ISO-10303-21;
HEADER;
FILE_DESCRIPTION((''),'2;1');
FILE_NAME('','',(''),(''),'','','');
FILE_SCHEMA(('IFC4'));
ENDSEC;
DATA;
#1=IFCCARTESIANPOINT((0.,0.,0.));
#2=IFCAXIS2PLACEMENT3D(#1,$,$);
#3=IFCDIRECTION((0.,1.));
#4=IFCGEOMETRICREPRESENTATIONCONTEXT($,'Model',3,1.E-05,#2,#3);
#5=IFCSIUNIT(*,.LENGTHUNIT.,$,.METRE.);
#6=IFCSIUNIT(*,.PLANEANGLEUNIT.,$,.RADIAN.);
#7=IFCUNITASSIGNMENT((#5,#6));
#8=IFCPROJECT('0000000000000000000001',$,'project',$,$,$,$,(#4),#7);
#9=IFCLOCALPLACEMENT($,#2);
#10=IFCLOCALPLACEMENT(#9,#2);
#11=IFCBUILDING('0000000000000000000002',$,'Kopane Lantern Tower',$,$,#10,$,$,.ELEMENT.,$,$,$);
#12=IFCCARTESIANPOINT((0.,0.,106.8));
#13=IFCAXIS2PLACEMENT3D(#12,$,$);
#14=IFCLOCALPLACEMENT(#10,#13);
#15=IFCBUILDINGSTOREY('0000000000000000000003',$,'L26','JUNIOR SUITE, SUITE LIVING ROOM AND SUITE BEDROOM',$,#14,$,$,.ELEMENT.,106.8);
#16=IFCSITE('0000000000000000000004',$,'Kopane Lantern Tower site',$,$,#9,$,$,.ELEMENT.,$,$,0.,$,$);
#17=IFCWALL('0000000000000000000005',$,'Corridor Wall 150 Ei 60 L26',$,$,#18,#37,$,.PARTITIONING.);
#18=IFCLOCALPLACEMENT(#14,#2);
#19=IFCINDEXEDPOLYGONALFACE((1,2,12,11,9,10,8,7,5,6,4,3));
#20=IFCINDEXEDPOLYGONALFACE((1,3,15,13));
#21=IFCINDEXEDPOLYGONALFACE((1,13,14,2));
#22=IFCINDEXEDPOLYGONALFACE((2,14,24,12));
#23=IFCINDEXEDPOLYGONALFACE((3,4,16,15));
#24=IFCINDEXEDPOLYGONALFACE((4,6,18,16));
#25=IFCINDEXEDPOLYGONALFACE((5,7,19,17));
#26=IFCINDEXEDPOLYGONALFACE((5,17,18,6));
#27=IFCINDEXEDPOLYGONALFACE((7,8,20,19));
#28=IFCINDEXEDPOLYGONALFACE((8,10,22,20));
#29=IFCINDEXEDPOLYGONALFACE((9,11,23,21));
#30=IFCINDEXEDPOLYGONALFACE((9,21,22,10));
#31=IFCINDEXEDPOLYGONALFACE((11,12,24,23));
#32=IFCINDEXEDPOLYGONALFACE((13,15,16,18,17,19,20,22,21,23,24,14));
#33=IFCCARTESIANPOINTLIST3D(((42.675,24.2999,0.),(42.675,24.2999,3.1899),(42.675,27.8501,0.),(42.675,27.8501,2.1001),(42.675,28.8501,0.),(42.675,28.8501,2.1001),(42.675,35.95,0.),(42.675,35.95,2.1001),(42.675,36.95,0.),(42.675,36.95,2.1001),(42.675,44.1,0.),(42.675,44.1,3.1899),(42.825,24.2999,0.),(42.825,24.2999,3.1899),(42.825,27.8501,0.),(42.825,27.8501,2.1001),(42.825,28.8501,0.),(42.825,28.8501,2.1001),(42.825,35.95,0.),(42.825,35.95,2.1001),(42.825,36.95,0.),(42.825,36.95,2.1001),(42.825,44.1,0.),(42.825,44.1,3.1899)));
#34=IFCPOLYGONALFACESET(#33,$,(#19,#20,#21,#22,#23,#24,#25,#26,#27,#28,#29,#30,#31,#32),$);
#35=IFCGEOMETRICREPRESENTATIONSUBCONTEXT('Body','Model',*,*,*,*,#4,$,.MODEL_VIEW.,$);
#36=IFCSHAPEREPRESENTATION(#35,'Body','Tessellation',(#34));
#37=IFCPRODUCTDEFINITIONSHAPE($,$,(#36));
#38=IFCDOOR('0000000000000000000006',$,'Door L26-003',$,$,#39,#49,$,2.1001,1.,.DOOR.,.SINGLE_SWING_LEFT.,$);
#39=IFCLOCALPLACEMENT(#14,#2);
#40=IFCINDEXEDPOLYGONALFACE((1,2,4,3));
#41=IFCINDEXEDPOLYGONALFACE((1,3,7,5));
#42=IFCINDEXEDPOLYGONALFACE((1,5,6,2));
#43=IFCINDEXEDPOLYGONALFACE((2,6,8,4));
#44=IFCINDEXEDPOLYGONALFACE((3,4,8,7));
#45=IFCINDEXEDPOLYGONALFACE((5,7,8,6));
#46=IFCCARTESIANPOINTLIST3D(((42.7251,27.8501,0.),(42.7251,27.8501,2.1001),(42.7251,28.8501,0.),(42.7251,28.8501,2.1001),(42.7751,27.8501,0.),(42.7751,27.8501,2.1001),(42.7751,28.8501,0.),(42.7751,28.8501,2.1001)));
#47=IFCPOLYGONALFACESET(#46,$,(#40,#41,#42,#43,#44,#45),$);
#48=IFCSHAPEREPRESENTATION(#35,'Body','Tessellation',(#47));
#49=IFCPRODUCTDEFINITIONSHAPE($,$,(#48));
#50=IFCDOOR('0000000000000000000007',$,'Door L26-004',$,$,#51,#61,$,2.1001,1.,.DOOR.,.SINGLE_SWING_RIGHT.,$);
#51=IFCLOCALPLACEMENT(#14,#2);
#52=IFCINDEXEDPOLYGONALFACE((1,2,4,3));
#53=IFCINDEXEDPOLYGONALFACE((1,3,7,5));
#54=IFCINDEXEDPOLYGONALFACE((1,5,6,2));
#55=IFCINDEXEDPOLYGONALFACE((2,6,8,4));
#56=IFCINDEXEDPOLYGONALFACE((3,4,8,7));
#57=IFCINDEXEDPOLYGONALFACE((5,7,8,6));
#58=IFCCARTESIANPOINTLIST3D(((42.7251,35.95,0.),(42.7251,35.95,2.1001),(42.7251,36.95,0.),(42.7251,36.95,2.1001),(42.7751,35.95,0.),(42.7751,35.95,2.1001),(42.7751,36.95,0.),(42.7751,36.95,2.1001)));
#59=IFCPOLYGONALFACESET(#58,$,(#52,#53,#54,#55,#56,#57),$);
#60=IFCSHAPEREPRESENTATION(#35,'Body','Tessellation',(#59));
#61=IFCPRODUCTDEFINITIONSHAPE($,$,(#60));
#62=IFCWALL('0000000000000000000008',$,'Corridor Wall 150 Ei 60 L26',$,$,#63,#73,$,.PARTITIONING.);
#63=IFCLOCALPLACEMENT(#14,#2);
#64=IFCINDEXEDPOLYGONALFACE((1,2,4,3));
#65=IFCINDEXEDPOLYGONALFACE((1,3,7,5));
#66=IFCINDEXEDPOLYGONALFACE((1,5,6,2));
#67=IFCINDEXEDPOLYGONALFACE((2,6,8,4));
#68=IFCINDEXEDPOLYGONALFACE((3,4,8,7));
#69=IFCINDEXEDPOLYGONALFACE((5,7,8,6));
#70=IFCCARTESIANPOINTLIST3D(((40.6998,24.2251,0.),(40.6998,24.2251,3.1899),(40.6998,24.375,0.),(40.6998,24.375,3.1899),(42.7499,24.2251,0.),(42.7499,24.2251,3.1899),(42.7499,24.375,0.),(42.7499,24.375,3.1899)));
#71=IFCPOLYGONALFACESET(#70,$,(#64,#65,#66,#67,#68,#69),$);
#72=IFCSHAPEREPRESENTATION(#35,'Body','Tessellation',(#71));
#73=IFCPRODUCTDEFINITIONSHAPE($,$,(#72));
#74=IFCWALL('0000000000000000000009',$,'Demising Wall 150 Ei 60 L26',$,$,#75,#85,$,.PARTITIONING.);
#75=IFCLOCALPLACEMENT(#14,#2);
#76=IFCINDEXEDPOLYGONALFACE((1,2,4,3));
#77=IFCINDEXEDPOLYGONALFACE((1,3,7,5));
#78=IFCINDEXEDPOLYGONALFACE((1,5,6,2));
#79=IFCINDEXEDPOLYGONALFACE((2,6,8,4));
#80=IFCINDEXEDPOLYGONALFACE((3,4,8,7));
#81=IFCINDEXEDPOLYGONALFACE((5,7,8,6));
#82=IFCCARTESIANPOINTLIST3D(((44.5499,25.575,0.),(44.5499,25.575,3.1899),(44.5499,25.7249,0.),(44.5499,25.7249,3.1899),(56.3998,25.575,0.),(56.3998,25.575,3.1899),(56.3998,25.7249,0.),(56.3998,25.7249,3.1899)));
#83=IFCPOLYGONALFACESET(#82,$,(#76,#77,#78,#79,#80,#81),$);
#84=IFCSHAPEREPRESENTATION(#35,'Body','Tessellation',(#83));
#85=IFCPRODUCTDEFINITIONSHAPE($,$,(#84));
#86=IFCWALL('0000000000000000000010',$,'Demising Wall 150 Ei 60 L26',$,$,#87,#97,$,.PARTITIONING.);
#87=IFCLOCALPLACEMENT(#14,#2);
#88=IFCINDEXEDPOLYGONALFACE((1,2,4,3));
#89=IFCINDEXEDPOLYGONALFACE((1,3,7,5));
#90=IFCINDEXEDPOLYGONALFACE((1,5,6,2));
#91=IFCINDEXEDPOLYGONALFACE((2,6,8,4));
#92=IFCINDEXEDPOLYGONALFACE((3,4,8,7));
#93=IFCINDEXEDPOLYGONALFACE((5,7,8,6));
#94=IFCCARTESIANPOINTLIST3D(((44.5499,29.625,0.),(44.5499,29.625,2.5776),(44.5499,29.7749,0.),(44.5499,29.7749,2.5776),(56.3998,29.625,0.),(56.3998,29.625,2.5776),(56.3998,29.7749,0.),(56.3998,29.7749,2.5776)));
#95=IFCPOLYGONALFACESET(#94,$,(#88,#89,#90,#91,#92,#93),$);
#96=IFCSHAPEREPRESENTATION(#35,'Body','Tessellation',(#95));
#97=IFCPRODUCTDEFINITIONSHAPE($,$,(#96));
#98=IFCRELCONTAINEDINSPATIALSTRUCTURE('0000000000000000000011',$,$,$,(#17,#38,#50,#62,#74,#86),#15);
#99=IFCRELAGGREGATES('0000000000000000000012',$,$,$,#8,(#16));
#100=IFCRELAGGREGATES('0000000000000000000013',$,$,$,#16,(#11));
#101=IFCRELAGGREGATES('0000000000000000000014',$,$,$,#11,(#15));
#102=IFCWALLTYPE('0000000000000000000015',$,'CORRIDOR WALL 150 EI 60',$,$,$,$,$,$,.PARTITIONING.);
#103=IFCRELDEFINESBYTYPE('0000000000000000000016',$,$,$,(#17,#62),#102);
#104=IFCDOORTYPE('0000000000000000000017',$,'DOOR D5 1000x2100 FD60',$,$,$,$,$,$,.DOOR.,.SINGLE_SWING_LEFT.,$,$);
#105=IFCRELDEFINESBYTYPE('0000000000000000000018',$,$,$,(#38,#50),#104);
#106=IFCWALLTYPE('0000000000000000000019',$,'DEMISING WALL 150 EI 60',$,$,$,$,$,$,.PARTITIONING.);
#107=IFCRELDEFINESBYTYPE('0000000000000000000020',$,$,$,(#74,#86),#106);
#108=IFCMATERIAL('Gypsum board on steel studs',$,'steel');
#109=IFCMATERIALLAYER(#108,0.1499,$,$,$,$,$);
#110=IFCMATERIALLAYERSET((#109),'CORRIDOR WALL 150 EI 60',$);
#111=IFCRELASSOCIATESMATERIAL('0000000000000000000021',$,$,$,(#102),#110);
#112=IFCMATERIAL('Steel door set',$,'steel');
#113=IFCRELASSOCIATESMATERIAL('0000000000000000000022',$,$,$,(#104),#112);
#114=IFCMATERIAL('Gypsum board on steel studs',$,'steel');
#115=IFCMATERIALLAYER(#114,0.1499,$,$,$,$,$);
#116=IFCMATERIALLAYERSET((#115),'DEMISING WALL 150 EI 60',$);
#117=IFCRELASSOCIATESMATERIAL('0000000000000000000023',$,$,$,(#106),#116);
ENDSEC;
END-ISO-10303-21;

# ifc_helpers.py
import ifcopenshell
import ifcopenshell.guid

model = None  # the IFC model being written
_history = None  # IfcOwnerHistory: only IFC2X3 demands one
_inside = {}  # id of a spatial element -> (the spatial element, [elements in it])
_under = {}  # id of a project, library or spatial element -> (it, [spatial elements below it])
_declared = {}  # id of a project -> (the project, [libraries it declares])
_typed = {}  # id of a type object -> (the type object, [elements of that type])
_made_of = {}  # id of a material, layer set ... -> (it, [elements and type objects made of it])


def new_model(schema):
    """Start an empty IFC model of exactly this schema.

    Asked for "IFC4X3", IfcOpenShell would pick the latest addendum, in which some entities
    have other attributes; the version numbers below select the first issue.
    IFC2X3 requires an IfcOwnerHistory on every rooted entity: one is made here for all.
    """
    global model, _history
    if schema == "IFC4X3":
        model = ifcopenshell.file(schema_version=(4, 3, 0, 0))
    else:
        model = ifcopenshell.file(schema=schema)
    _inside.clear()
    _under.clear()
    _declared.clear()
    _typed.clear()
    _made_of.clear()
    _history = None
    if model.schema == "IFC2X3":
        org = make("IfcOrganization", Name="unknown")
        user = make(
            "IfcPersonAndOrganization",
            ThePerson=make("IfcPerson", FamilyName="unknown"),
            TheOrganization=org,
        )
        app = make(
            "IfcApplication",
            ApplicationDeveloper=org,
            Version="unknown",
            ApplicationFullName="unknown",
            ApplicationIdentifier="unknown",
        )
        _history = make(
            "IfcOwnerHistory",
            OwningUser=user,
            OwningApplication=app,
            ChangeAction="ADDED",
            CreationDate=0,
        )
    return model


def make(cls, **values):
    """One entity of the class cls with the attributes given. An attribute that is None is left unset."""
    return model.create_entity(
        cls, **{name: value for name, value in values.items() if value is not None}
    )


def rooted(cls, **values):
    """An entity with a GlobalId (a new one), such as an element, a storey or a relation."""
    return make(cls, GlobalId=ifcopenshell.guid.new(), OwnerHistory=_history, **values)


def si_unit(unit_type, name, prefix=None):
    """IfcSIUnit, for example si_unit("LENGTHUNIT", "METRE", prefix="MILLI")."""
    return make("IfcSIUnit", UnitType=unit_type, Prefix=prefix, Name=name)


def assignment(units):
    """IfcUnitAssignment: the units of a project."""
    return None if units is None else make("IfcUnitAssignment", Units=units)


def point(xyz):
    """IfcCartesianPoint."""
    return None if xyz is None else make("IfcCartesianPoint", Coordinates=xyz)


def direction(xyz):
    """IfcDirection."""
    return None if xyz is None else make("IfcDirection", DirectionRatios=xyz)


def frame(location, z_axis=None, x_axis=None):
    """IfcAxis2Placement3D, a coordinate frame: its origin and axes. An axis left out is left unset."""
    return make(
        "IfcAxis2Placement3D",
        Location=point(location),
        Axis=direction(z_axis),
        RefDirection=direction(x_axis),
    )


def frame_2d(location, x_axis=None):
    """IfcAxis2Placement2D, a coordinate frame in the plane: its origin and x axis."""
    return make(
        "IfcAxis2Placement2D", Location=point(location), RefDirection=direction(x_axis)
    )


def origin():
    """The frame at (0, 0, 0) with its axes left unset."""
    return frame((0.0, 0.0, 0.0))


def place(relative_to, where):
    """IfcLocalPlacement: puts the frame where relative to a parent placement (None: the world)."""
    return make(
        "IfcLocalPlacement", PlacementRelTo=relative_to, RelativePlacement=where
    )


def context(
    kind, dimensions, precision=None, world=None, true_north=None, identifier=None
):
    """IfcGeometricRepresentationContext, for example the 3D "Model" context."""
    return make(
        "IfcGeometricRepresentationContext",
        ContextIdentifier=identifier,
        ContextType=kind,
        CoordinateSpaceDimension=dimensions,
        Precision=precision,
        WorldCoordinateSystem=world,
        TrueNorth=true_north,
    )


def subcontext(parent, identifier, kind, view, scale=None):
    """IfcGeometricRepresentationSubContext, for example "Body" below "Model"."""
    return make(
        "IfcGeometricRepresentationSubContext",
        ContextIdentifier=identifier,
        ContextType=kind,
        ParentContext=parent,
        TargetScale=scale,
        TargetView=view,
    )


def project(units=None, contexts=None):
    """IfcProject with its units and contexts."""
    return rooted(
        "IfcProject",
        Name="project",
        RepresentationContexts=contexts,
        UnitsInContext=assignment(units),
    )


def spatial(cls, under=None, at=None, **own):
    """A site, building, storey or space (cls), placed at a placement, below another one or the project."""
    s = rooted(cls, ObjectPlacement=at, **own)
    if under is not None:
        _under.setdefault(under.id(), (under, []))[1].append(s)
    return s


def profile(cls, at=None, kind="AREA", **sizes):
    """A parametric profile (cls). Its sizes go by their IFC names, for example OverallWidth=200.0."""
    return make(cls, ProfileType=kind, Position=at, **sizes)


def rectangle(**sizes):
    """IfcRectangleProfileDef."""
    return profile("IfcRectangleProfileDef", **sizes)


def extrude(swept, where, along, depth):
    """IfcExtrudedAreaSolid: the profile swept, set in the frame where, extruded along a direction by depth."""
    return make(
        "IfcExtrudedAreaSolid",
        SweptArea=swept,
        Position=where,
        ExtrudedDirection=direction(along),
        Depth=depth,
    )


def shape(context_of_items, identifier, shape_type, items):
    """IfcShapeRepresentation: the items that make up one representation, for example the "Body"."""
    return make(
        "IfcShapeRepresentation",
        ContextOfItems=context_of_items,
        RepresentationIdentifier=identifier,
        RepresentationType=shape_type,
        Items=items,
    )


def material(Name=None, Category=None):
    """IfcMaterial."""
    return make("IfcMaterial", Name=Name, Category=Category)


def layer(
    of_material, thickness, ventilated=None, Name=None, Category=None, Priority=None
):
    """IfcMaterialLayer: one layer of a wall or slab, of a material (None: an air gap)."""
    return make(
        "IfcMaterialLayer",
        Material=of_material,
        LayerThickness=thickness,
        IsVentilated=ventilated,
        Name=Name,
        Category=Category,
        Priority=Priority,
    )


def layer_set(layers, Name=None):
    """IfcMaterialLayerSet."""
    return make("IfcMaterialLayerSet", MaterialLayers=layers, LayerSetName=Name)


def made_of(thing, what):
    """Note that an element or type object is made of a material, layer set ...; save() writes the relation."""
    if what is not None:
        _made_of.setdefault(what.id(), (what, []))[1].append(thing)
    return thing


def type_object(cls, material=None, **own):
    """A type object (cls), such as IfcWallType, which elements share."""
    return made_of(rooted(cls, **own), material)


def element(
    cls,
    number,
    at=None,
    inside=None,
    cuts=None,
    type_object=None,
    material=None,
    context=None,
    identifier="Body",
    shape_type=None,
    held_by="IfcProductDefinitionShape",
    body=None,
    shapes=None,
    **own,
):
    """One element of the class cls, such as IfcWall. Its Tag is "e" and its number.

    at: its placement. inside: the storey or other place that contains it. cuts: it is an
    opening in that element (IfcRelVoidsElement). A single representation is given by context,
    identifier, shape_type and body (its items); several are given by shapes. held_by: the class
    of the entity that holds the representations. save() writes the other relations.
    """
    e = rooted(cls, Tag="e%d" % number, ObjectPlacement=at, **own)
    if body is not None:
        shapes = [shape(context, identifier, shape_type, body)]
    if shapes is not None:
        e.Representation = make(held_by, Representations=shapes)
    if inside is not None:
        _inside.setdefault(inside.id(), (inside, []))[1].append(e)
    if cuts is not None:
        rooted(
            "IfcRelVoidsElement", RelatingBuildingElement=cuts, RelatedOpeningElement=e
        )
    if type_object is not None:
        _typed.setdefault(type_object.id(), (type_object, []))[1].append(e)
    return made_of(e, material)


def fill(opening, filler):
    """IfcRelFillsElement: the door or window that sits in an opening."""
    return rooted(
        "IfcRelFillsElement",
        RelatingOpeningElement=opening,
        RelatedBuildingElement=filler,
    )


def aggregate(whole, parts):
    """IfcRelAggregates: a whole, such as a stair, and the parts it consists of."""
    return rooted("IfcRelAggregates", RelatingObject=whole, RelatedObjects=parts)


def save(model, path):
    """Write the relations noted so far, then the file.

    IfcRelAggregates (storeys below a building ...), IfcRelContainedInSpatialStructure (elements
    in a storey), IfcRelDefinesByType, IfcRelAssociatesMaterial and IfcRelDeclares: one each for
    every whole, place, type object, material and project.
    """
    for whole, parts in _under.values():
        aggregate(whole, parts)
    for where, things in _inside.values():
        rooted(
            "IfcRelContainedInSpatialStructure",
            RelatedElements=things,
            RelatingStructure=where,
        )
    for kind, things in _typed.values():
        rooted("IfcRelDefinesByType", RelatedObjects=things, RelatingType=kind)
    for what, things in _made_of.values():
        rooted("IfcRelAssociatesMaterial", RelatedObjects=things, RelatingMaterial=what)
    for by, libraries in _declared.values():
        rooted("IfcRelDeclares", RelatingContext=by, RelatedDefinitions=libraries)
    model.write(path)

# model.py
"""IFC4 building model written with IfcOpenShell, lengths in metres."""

from ifc_helpers import new_model, si_unit, direction, frame, frame_2d, origin, place, context, subcontext, project, spatial, rectangle, extrude, material, layer, layer_set, type_object, element, fill, save


model = new_model("IFC4")

# Units and contexts
model_context = context("Model", 3, precision=1e-05, world=origin(), true_north=direction((0.0, 1.0)))
body_context = subcontext(model_context, "Body", "Model", "MODEL_VIEW")
ifc_project = project(units=[si_unit("LENGTHUNIT", "METRE"), si_unit("PLANEANGLEUNIT", "RADIAN")], contexts=[model_context])

# Site, building, storey
site_placement = place(None, origin())
site = spatial("IfcSite", under=ifc_project, at=site_placement, Name="Kopane Lantern Tower site", CompositionType="ELEMENT", RefElevation=0.0)
building_placement = place(site_placement, origin())
building = spatial("IfcBuilding", under=site, at=building_placement, Name="Kopane Lantern Tower", CompositionType="ELEMENT")
storey_placement = place(building_placement, frame((0.0, 0.0, 106.8)))
storey = spatial("IfcBuildingStorey", under=building, at=storey_placement, Name="L26", Description="JUNIOR SUITE, SUITE LIVING ROOM AND SUITE BEDROOM", CompositionType="ELEMENT", Elevation=106.8)

# Wall, openings, doors
ifc_material_1 = material(Name="Gypsum board on steel studs", Category="steel")
ifc_layer_1 = layer(ifc_material_1, 0.1499)
ifc_layer_set_1 = layer_set([ifc_layer_1], Name="CORRIDOR WALL 150 EI 60")
wall_type_1 = type_object("IfcWallType", Name="CORRIDOR WALL 150 EI 60", PredefinedType="PARTITIONING", material=ifc_layer_set_1)
wall_1_placement = place(storey_placement, frame((42.75, 24.3, 0.0), z_axis=(0.0, 0.0, 1.0), x_axis=(0.0, 1.0, 0.0)))
wall_1 = element("IfcWall", 1, at=wall_1_placement, inside=storey, type_object=wall_type_1, Name="Corridor Wall 150 Ei 60 L26", PredefinedType="PARTITIONING", context=body_context, shape_type="SweptSolid", body=[
    extrude(rectangle(XDim=19.8, YDim=0.1499, at=frame_2d((9.8999, 0.0))), origin(), (0.0, 0.0, 1.0), 3.1899),
])
opening_1_placement = place(wall_1_placement, frame((3.55, 0.0, 0.0)))
opening_1 = element("IfcOpeningElement", 2, at=opening_1_placement, cuts=wall_1, PredefinedType="OPENING", context=body_context, shape_type="SweptSolid", body=[
    extrude(rectangle(XDim=1.0, YDim=2.1001, at=frame_2d((0.5, 1.05))), frame((0.0, 0.085, 0.0), z_axis=(0.0, -1.0, 0.0), x_axis=(1.0, 0.0, 0.0)), (0.0, 0.0, 1.0), 0.1699),
])
opening_2_placement = place(wall_1_placement, frame((11.6499, 0.0, 0.0)))
opening_2 = element("IfcOpeningElement", 3, at=opening_2_placement, cuts=wall_1, PredefinedType="OPENING", context=body_context, shape_type="SweptSolid", body=[
    extrude(rectangle(XDim=1.0, YDim=2.1001, at=frame_2d((0.5, 1.05))), frame((0.0, 0.085, 0.0), z_axis=(0.0, -1.0, 0.0), x_axis=(1.0, 0.0, 0.0)), (0.0, 0.0, 1.0), 0.1699),
])
ifc_material_2 = material(Name="Steel door set", Category="steel")
door_type_1 = type_object("IfcDoorType", Name="DOOR D5 1000x2100 FD60", OperationType="SINGLE_SWING_LEFT", PredefinedType="DOOR", material=ifc_material_2)
door_1_placement = place(opening_1_placement, origin())
door_1 = element("IfcDoor", 4, at=door_1_placement, inside=storey, type_object=door_type_1, Name="Door L26-003", OperationType="SINGLE_SWING_LEFT", OverallHeight=2.1001, OverallWidth=1.0, PredefinedType="DOOR", context=body_context, shape_type="SweptSolid", body=[
    extrude(rectangle(XDim=1.0, YDim=2.1001, at=frame_2d((0.5, 1.05))), frame((0.0, 0.0249, 0.0), z_axis=(0.0, -1.0, 0.0), x_axis=(1.0, 0.0, 0.0)), (0.0, 0.0, 1.0), 0.05),
])
fill(opening_1, door_1)
door_2_placement = place(opening_2_placement, origin())
door_2 = element("IfcDoor", 5, at=door_2_placement, inside=storey, type_object=door_type_1, Name="Door L26-004", OperationType="SINGLE_SWING_RIGHT", OverallHeight=2.1001, OverallWidth=1.0, PredefinedType="DOOR", context=body_context, shape_type="SweptSolid", body=[
    extrude(rectangle(XDim=1.0, YDim=2.1001, at=frame_2d((0.5, 1.05))), frame((0.0, 0.0249, 0.0), z_axis=(0.0, -1.0, 0.0), x_axis=(1.0, 0.0, 0.0)), (0.0, 0.0, 1.0), 0.05),
])
fill(opening_2, door_2)

# Walls
wall_2_placement = place(storey_placement, frame((40.7, 24.3, 0.0), z_axis=(0.0, 0.0, 1.0), x_axis=(1.0, 0.0, 0.0)))
element("IfcWall", 6, at=wall_2_placement, inside=storey, type_object=wall_type_1, Name="Corridor Wall 150 Ei 60 L26", PredefinedType="PARTITIONING", context=body_context, shape_type="SweptSolid", body=[
    extrude(rectangle(XDim=2.05, YDim=0.1499, at=frame_2d((1.0249, 0.0))), origin(), (0.0, 0.0, 1.0), 3.1899),
])
ifc_material_3 = material(Name="Gypsum board on steel studs", Category="steel")
ifc_layer_2 = layer(ifc_material_3, 0.1499)
ifc_layer_set_2 = layer_set([ifc_layer_2], Name="DEMISING WALL 150 EI 60")
wall_type_2 = type_object("IfcWallType", Name="DEMISING WALL 150 EI 60", PredefinedType="PARTITIONING", material=ifc_layer_set_2)
wall_3_placement = place(storey_placement, frame((44.55, 25.6499, 0.0), z_axis=(0.0, 0.0, 1.0), x_axis=(1.0, 0.0, 0.0)))
element("IfcWall", 7, at=wall_3_placement, inside=storey, type_object=wall_type_2, Name="Demising Wall 150 Ei 60 L26", PredefinedType="PARTITIONING", context=body_context, shape_type="SweptSolid", body=[
    extrude(rectangle(XDim=11.8499, YDim=0.1499, at=frame_2d((5.9248, 0.0))), origin(), (0.0, 0.0, 1.0), 3.1899),
])
wall_4_placement = place(storey_placement, frame((44.55, 29.7, 0.0), z_axis=(0.0, 0.0, 1.0), x_axis=(1.0, 0.0, 0.0)))
element("IfcWall", 8, at=wall_4_placement, inside=storey, type_object=wall_type_2, Name="Demising Wall 150 Ei 60 L26", PredefinedType="PARTITIONING", context=body_context, shape_type="SweptSolid", body=[
    extrude(rectangle(XDim=11.8499, YDim=0.1499, at=frame_2d((5.9248, 0.0))), origin(), (0.0, 0.0, 1.0), 2.5776),
])

save(model, "model.ifc")
